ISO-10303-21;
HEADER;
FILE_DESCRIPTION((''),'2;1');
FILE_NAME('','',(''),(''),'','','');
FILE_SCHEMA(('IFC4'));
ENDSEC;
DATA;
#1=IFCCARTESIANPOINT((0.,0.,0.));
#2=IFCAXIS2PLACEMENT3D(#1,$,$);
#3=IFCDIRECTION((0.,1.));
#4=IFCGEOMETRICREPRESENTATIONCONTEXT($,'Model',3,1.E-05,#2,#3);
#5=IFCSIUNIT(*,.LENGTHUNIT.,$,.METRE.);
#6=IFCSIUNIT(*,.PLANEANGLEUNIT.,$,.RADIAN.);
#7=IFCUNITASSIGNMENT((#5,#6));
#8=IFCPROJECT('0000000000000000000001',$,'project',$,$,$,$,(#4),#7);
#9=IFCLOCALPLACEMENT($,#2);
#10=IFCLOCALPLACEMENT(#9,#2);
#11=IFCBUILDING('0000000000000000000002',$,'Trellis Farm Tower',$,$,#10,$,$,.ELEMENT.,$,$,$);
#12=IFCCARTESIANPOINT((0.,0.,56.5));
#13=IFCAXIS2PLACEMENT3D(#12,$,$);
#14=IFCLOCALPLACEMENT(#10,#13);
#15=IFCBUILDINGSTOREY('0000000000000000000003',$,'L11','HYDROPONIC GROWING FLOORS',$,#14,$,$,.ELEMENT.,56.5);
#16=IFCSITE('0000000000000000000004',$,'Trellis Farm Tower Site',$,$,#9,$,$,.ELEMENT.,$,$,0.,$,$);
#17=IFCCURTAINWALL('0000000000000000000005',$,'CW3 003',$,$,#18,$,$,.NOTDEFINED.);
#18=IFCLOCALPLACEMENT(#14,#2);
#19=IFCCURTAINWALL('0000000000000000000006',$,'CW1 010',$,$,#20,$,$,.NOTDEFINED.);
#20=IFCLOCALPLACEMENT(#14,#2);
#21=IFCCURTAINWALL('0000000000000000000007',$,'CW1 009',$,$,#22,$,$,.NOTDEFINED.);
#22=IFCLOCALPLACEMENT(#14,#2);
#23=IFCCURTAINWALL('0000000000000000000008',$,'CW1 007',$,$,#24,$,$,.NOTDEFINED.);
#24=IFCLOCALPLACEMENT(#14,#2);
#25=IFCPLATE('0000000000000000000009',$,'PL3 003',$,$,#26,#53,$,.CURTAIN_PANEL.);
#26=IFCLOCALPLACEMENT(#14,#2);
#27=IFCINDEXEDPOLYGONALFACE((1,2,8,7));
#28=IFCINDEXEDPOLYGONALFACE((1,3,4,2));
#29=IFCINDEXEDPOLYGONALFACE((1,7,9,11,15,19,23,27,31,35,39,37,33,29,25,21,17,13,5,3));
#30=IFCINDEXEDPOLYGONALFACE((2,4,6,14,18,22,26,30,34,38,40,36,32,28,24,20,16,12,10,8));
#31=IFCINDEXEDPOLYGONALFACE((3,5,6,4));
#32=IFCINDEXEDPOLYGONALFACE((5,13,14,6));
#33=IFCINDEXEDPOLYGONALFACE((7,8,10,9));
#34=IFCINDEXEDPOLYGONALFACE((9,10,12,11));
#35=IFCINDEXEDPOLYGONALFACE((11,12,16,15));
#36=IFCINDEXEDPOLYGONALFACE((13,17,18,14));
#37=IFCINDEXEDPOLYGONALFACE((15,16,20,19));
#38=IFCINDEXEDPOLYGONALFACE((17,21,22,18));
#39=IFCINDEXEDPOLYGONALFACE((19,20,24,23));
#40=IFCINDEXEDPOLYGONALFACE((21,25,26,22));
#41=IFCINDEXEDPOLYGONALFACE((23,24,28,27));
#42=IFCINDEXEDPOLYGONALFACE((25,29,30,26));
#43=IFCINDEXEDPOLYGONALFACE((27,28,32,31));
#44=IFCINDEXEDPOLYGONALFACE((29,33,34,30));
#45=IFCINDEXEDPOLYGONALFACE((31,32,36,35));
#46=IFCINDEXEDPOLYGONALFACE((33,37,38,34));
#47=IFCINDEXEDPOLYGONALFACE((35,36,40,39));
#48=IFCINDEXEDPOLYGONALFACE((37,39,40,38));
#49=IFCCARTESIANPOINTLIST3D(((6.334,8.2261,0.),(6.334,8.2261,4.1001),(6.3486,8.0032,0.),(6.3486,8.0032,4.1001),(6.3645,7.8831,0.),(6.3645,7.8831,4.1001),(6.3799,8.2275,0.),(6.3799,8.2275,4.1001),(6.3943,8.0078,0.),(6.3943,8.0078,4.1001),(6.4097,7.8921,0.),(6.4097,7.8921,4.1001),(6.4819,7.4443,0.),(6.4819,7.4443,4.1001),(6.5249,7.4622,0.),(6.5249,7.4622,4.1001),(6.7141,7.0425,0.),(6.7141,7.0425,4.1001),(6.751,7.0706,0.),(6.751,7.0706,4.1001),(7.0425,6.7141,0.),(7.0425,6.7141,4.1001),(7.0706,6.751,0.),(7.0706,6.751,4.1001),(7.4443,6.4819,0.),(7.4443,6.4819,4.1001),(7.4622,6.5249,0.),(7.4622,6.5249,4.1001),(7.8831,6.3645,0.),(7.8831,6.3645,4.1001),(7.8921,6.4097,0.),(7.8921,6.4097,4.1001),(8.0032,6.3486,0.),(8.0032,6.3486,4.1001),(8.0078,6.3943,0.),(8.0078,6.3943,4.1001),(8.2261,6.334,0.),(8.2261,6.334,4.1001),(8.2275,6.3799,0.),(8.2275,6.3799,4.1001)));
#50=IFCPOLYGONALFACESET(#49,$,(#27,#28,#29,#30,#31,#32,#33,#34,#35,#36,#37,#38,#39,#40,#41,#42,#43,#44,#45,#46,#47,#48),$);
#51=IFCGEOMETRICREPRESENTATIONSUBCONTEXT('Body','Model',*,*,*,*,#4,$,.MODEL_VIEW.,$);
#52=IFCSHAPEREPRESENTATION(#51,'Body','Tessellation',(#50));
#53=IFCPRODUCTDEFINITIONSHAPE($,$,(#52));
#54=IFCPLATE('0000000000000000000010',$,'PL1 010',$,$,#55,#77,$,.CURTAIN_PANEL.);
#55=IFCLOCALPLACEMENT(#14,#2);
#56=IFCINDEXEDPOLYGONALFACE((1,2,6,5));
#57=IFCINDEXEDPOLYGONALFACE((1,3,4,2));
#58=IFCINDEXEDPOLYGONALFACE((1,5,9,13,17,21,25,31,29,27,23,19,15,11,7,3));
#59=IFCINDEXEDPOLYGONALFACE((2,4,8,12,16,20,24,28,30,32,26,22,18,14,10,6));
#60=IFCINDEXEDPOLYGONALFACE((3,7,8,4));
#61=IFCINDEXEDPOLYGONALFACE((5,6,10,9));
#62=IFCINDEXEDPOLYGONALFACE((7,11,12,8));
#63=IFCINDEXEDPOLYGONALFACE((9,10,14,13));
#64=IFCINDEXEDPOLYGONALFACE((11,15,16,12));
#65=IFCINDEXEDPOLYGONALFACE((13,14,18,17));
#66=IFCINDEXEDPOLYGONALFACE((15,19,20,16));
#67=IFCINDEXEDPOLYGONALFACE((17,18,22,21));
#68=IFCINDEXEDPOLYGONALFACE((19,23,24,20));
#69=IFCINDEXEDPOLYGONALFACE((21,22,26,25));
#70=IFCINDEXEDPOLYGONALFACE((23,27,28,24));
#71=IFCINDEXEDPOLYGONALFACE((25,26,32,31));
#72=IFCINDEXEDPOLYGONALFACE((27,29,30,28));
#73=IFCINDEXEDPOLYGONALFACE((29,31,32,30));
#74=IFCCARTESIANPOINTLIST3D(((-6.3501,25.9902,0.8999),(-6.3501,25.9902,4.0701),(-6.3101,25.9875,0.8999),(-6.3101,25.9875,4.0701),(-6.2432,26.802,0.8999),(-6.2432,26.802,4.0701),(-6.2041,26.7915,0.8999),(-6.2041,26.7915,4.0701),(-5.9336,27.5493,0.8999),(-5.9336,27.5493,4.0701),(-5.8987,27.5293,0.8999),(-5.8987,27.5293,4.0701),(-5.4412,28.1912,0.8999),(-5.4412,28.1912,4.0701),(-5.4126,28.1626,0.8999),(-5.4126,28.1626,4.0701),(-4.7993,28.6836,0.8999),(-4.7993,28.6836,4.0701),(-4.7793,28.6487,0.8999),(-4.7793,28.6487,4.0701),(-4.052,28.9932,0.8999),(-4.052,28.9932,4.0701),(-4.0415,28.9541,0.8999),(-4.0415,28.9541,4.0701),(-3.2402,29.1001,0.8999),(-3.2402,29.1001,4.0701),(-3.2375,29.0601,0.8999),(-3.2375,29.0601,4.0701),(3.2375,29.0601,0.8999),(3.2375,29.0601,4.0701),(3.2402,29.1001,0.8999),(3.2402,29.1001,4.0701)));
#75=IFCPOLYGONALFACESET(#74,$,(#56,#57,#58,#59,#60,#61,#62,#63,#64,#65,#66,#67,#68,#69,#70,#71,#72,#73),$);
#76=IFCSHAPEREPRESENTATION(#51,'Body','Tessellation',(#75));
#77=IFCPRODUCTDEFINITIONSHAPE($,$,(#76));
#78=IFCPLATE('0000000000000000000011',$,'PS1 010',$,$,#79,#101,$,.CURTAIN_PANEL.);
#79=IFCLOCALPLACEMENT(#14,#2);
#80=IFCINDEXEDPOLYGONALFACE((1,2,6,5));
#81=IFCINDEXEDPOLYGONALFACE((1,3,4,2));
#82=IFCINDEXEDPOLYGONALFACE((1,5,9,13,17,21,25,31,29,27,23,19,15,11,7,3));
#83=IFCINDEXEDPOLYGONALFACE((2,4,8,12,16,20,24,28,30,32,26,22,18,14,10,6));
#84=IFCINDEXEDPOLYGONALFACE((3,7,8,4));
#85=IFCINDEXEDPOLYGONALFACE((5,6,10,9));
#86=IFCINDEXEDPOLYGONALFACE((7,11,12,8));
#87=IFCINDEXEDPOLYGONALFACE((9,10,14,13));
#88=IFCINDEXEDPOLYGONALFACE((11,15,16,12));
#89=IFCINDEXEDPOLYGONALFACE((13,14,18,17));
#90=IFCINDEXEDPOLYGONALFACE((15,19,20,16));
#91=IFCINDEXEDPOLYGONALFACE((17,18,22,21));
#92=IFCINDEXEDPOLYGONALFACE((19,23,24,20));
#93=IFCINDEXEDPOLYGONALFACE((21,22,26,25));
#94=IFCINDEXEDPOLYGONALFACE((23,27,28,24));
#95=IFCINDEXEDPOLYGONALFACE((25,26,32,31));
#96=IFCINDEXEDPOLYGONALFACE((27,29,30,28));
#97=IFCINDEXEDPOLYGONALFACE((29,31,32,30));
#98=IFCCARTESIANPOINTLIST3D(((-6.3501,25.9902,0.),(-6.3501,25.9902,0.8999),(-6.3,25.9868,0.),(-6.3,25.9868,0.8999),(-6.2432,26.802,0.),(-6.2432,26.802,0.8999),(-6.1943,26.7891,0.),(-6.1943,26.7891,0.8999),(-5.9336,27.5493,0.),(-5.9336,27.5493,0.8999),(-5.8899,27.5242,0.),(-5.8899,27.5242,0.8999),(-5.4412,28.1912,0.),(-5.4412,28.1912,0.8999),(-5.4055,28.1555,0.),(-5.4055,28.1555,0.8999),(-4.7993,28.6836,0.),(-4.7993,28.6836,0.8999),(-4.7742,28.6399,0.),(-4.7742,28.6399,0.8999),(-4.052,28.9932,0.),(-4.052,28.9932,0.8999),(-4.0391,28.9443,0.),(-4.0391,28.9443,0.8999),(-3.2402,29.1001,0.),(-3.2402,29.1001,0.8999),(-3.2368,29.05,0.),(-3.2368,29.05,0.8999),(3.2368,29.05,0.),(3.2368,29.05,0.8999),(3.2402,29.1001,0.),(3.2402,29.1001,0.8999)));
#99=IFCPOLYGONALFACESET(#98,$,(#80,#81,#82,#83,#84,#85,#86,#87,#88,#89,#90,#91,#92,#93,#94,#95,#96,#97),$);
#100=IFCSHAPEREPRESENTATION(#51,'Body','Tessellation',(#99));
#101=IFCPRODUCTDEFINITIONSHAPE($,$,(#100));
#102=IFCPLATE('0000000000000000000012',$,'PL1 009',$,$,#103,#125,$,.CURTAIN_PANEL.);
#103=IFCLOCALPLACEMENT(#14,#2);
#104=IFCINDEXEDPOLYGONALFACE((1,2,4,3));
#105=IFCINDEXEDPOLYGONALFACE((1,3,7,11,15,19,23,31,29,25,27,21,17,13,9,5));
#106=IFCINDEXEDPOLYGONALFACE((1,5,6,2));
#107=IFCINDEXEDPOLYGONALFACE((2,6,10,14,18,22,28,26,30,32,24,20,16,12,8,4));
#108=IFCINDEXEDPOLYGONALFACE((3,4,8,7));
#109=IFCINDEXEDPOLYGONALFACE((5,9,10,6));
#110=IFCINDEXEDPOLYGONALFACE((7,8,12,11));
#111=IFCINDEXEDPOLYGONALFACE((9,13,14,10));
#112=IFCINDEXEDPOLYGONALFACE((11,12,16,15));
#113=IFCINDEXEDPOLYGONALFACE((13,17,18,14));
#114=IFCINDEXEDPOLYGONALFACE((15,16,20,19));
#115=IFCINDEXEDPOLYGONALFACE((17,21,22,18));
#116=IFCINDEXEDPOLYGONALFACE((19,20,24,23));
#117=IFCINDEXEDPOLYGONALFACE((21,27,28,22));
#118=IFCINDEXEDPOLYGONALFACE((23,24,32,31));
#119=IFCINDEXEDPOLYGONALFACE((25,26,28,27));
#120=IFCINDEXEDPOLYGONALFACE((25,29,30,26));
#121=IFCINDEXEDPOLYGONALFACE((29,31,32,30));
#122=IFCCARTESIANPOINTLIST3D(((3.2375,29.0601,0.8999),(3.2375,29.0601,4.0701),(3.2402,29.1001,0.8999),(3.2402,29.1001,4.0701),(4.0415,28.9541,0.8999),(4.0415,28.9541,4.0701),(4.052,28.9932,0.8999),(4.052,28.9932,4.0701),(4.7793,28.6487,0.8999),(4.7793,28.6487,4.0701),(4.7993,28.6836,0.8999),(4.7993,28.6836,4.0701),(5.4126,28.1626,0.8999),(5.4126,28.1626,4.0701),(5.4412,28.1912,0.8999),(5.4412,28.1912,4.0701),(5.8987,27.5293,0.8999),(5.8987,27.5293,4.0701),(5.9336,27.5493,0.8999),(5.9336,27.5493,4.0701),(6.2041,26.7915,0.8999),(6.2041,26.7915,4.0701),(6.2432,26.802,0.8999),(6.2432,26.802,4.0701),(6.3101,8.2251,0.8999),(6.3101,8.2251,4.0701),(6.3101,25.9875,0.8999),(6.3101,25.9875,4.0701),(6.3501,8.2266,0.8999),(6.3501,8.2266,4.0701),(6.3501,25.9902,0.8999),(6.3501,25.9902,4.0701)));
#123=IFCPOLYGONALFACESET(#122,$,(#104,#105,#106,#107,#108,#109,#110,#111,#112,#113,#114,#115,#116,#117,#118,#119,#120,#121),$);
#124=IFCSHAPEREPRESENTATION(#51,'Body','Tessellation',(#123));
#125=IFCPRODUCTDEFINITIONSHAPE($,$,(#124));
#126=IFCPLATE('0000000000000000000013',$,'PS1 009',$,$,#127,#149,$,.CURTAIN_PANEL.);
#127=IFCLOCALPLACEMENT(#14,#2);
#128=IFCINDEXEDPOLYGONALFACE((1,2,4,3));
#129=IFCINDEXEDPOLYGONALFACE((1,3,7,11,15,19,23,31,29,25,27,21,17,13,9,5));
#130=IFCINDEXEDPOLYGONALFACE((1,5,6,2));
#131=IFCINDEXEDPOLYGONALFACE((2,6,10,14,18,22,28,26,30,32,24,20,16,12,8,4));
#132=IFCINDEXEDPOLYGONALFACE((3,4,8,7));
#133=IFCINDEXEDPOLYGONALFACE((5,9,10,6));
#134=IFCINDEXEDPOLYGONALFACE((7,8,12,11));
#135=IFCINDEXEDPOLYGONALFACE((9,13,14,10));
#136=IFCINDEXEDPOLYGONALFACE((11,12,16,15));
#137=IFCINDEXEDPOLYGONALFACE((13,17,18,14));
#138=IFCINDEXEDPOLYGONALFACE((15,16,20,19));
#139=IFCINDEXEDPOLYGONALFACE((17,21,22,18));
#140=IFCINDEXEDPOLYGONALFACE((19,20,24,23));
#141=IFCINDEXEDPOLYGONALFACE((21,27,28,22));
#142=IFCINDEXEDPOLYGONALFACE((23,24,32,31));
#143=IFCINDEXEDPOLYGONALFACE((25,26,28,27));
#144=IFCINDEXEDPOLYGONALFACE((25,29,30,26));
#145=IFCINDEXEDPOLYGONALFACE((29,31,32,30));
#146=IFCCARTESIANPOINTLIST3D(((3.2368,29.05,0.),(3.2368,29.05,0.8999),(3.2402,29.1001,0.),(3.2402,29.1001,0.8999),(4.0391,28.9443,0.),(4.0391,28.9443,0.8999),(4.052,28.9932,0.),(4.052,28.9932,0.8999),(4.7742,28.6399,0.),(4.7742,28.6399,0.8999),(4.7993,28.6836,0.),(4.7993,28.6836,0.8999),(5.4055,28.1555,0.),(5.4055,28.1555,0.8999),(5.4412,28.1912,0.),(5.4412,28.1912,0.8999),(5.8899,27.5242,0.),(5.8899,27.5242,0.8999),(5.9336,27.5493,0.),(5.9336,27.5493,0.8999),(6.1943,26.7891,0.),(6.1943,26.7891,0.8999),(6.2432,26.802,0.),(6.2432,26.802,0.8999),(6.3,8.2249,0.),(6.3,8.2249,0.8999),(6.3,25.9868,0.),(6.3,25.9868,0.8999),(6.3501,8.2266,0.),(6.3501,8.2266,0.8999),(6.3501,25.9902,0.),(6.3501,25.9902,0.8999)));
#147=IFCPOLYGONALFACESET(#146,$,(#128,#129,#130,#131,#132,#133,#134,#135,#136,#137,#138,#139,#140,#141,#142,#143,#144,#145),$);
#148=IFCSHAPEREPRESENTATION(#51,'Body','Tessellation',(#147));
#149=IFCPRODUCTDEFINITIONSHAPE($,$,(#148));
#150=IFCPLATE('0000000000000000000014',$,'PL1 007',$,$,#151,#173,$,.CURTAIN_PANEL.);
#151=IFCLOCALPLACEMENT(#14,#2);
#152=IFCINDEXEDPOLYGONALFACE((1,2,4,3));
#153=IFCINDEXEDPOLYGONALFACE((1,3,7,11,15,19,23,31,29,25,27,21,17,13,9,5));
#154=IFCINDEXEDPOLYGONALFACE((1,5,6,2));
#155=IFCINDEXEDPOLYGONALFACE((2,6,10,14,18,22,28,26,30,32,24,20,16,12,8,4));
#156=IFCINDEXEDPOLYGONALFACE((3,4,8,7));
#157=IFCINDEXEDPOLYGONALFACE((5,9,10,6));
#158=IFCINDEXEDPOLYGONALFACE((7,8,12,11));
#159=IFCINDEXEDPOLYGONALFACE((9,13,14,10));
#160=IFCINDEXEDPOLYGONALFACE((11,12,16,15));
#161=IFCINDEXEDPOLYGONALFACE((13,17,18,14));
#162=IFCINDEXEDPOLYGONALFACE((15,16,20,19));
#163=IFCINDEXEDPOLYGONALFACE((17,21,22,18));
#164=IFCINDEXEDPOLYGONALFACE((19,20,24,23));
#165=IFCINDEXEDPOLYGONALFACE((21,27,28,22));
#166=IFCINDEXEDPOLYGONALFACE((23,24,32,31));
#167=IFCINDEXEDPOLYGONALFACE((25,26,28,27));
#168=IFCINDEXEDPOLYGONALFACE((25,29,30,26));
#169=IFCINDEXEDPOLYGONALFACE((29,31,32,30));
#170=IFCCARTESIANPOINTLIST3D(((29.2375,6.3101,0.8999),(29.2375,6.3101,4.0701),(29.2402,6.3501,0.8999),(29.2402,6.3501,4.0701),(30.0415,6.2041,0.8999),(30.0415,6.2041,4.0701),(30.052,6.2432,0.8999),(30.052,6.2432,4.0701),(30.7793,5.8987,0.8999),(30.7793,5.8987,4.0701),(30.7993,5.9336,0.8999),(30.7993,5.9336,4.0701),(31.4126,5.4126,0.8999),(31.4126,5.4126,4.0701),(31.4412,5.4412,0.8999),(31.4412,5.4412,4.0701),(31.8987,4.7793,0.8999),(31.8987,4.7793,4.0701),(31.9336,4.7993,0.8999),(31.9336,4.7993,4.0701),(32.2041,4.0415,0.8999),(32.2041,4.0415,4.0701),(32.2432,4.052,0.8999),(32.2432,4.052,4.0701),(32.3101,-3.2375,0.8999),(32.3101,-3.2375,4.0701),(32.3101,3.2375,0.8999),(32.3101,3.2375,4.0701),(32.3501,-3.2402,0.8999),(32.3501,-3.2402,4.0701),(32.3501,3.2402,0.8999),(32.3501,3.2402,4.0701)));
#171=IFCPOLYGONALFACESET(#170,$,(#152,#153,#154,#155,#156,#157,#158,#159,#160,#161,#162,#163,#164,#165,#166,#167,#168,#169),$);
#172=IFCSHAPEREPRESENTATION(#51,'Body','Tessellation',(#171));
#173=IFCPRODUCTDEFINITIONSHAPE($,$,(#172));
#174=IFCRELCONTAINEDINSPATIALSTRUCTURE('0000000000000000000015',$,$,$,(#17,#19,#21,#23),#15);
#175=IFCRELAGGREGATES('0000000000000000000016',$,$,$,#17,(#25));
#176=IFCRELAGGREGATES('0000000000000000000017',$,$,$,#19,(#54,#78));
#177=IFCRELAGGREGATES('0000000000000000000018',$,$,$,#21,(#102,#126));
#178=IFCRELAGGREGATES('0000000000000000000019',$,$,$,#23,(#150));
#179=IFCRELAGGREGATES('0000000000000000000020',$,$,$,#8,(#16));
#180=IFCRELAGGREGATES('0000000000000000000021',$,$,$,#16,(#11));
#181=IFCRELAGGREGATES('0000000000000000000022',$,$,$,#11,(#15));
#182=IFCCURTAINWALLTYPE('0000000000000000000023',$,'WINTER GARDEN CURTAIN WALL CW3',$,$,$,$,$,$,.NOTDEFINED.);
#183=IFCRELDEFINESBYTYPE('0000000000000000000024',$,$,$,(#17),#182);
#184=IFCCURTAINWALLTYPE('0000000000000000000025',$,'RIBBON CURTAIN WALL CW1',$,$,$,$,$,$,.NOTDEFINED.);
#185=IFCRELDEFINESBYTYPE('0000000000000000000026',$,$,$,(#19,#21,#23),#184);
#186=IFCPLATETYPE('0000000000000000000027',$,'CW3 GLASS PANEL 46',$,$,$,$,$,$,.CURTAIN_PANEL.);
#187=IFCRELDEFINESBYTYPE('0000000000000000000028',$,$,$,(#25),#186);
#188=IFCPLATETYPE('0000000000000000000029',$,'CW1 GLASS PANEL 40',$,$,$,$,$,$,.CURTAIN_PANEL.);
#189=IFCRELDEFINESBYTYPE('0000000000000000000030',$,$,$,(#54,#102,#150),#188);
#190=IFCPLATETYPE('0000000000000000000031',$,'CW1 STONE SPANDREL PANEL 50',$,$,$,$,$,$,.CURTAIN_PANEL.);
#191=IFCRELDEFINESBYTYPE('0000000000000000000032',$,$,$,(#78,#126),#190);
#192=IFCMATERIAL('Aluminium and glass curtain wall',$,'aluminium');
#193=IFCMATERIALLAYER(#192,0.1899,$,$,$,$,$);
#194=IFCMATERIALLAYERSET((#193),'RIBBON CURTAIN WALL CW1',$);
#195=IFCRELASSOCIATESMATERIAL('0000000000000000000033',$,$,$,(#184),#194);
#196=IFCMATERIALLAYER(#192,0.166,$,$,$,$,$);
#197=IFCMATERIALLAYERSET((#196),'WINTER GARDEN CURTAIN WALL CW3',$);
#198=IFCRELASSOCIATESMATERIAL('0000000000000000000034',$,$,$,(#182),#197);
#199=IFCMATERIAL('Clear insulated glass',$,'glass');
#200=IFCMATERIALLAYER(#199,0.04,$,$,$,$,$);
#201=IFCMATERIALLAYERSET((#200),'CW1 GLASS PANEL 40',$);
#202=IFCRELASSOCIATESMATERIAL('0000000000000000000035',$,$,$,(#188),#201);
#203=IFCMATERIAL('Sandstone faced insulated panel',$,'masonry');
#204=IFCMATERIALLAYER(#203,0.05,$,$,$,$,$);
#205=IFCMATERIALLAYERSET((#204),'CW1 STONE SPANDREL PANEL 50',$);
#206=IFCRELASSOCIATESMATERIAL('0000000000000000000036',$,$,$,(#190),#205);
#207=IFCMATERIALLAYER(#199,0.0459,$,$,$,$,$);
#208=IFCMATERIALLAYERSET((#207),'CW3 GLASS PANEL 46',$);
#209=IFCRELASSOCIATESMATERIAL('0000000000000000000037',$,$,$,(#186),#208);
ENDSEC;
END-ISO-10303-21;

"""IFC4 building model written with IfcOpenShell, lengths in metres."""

from ifc_helpers import new_model, si_unit, direction, frame, origin, place, context, subcontext, project, spatial, polyline, outline, extrude, source, transform, mapped, material, layer, layer_set, type_object, element, aggregate, save


model = new_model("IFC4")

# Units and contexts
model_context = context("Model", 3, precision=1e-05, world=origin(), true_north=direction((0.0, 1.0)))
body_context = subcontext(model_context, "Body", "Model", "MODEL_VIEW")
ifc_project = project(units=[si_unit("LENGTHUNIT", "METRE"), si_unit("PLANEANGLEUNIT", "RADIAN")], contexts=[model_context])

# Site, building, storey
site_placement = place(None, origin())
site = spatial("IfcSite", under=ifc_project, at=site_placement, Name="Trellis Farm Tower Site", CompositionType="ELEMENT", RefElevation=0.0)
building_placement = place(site_placement, origin())
building = spatial("IfcBuilding", under=site, at=building_placement, Name="Trellis Farm Tower", CompositionType="ELEMENT")
storey_placement = place(building_placement, frame((0.0, 0.0, 56.5)))
storey = spatial("IfcBuildingStorey", under=building, at=storey_placement, Name="L11", Description="HYDROPONIC GROWING FLOORS", CompositionType="ELEMENT", Elevation=56.5)

# Curtain walls
ifc_material_1 = material(Name="Aluminium and glass curtain wall", Category="aluminium")
ifc_layer_1 = layer(ifc_material_1, 0.1899)
ifc_layer_set_1 = layer_set([ifc_layer_1], Name="RIBBON CURTAIN WALL CW1")
curtain_wall_type_1 = type_object("IfcCurtainWallType", Name="RIBBON CURTAIN WALL CW1", PredefinedType="NOTDEFINED", material=ifc_layer_set_1)
placement_1 = place(storey_placement, origin())
ifc_layer_2 = layer(ifc_material_1, 0.166)
ifc_layer_set_2 = layer_set([ifc_layer_2], Name="WINTER GARDEN CURTAIN WALL CW3")
curtain_wall_type_2 = type_object("IfcCurtainWallType", Name="WINTER GARDEN CURTAIN WALL CW3", PredefinedType="NOTDEFINED", material=ifc_layer_set_2)
curtain_wall_1 = element("IfcCurtainWall", 1, at=placement_1, inside=storey, type_object=curtain_wall_type_2, Name="CW3 003", PredefinedType="NOTDEFINED")
curtain_wall_2 = element("IfcCurtainWall", 2, at=placement_1, inside=storey, type_object=curtain_wall_type_1, Name="CW1 010", PredefinedType="NOTDEFINED")
curtain_wall_3 = element("IfcCurtainWall", 3, at=placement_1, inside=storey, type_object=curtain_wall_type_1, Name="CW1 009", PredefinedType="NOTDEFINED")
curtain_wall_4 = element("IfcCurtainWall", 4, at=placement_1, inside=storey, type_object=curtain_wall_type_1, Name="CW1 007", PredefinedType="NOTDEFINED")

# Plates
ifc_material_2 = material(Name="Clear insulated glass", Category="glass")
ifc_layer_3 = layer(ifc_material_2, 0.04)
ifc_layer_set_3 = layer_set([ifc_layer_3], Name="CW1 GLASS PANEL 40")
plate_type_1 = type_object("IfcPlateType", Name="CW1 GLASS PANEL 40", PredefinedType="CURTAIN_PANEL", material=ifc_layer_set_3)
placement_2 = place(storey_placement, frame((0.0, 0.0, 0.8999)))
ifc_material_3 = material(Name="Sandstone faced insulated panel", Category="masonry")
ifc_layer_4 = layer(ifc_material_3, 0.05)
ifc_layer_set_4 = layer_set([ifc_layer_4], Name="CW1 STONE SPANDREL PANEL 50")
plate_type_2 = type_object("IfcPlateType", Name="CW1 STONE SPANDREL PANEL 50", PredefinedType="CURTAIN_PANEL", material=ifc_layer_set_4)
ifc_layer_5 = layer(ifc_material_2, 0.0459)
ifc_layer_set_5 = layer_set([ifc_layer_5], Name="CW3 GLASS PANEL 46")
plate_type_3 = type_object("IfcPlateType", Name="CW3 GLASS PANEL 46", PredefinedType="CURTAIN_PANEL", material=ifc_layer_set_5)
shared_shape_1 = source(origin(), body_context, "Body", "SweptSolid", [
    extrude(outline(polyline([(8.2275, 6.3799), (8.0078, 6.3943), (7.8921, 6.4097), (7.4622, 6.5249), (7.0706, 6.751), (6.751, 7.0706), (6.5249, 7.4622), (6.4097, 7.8921), (6.3943, 8.0078), (6.3799, 8.2275), (6.334, 8.2261), (6.3486, 8.0032), (6.3645, 7.8831), (6.4819, 7.4443), (6.7141, 7.0425), (7.0425, 6.7141), (7.4443, 6.4819), (7.8831, 6.3645), (8.0032, 6.3486), (8.2261, 6.334), (8.2275, 6.3799)])), origin(), (0.0, 0.0, 1.0), 4.1001),
])
plate_1 = element("IfcPlate", 5, at=placement_1, type_object=plate_type_3, Name="PL3 003", PredefinedType="CURTAIN_PANEL", context=body_context, shape_type="MappedRepresentation", body=[
    mapped(shared_shape_1, transform((0.0, 0.0, 0.0))),
])
aggregate(curtain_wall_1, [plate_1])
shared_shape_2 = source(origin(), body_context, "Body", "SweptSolid", [
    extrude(outline(polyline([(3.2402, 29.1001), (-3.2402, 29.1001), (-4.052, 28.9932), (-4.7993, 28.6836), (-5.4412, 28.1912), (-5.9336, 27.5493), (-6.2432, 26.802), (-6.3501, 25.9902), (-6.3101, 25.9875), (-6.2041, 26.7915), (-5.8987, 27.5293), (-5.4126, 28.1626), (-4.7793, 28.6487), (-4.0415, 28.9541), (-3.2375, 29.0601), (3.2375, 29.0601), (3.2402, 29.1001)])), origin(), (0.0, 0.0, 1.0), 3.1702),
])
plate_2 = element("IfcPlate", 6, at=placement_2, type_object=plate_type_1, Name="PL1 010", PredefinedType="CURTAIN_PANEL", context=body_context, shape_type="MappedRepresentation", body=[
    mapped(shared_shape_2, transform((0.0, 0.0, 0.0))),
])
shared_shape_3 = source(origin(), body_context, "Body", "SweptSolid", [
    extrude(outline(polyline([(3.2402, 29.1001), (-3.2402, 29.1001), (-4.052, 28.9932), (-4.7993, 28.6836), (-5.4412, 28.1912), (-5.9336, 27.5493), (-6.2432, 26.802), (-6.3501, 25.9902), (-6.3, 25.9868), (-6.1943, 26.7891), (-5.8899, 27.5242), (-5.4055, 28.1555), (-4.7742, 28.6399), (-4.0391, 28.9443), (-3.2368, 29.05), (3.2368, 29.05), (3.2402, 29.1001)])), origin(), (0.0, 0.0, 1.0), 0.8999),
])
plate_3 = element("IfcPlate", 7, at=placement_1, type_object=plate_type_2, Name="PS1 010", PredefinedType="CURTAIN_PANEL", context=body_context, shape_type="MappedRepresentation", body=[
    mapped(shared_shape_3, transform((0.0, 0.0, 0.0))),
])
aggregate(curtain_wall_2, [plate_2, plate_3])
shared_shape_4 = source(origin(), body_context, "Body", "SweptSolid", [
    extrude(outline(polyline([(6.3501, 8.2266), (6.3501, 25.9902), (6.2432, 26.802), (5.9336, 27.5493), (5.4412, 28.1912), (4.7993, 28.6836), (4.052, 28.9932), (3.2402, 29.1001), (3.2375, 29.0601), (4.0415, 28.9541), (4.7793, 28.6487), (5.4126, 28.1626), (5.8987, 27.5293), (6.2041, 26.7915), (6.3101, 25.9875), (6.3101, 8.2251), (6.3501, 8.2266)])), origin(), (0.0, 0.0, 1.0), 3.1702),
])
plate_4 = element("IfcPlate", 8, at=placement_2, type_object=plate_type_1, Name="PL1 009", PredefinedType="CURTAIN_PANEL", context=body_context, shape_type="MappedRepresentation", body=[
    mapped(shared_shape_4, transform((0.0, 0.0, 0.0))),
])
shared_shape_5 = source(origin(), body_context, "Body", "SweptSolid", [
    extrude(outline(polyline([(6.3501, 8.2266), (6.3501, 25.9902), (6.2432, 26.802), (5.9336, 27.5493), (5.4412, 28.1912), (4.7993, 28.6836), (4.052, 28.9932), (3.2402, 29.1001), (3.2368, 29.05), (4.0391, 28.9443), (4.7742, 28.6399), (5.4055, 28.1555), (5.8899, 27.5242), (6.1943, 26.7891), (6.3, 25.9868), (6.3, 8.2249), (6.3501, 8.2266)])), origin(), (0.0, 0.0, 1.0), 0.8999),
])
plate_5 = element("IfcPlate", 9, at=placement_1, type_object=plate_type_2, Name="PS1 009", PredefinedType="CURTAIN_PANEL", context=body_context, shape_type="MappedRepresentation", body=[
    mapped(shared_shape_5, transform((0.0, 0.0, 0.0))),
])
aggregate(curtain_wall_3, [plate_4, plate_5])
shared_shape_6 = source(origin(), body_context, "Body", "SweptSolid", [
    extrude(outline(polyline([(32.3501, -3.2402), (32.3501, 3.2402), (32.2432, 4.052), (31.9336, 4.7993), (31.4412, 5.4412), (30.7993, 5.9336), (30.052, 6.2432), (29.2402, 6.3501), (29.2375, 6.3101), (30.0415, 6.2041), (30.7793, 5.8987), (31.4126, 5.4126), (31.8987, 4.7793), (32.2041, 4.0415), (32.3101, 3.2375), (32.3101, -3.2375), (32.3501, -3.2402)])), origin(), (0.0, 0.0, 1.0), 3.1702),
])
plate_6 = element("IfcPlate", 10, at=placement_2, type_object=plate_type_1, Name="PL1 007", PredefinedType="CURTAIN_PANEL", context=body_context, shape_type="MappedRepresentation", body=[
    mapped(shared_shape_6, transform((0.0, 0.0, 0.0))),
])
aggregate(curtain_wall_4, [plate_6])

save(model, "model.ifc")
